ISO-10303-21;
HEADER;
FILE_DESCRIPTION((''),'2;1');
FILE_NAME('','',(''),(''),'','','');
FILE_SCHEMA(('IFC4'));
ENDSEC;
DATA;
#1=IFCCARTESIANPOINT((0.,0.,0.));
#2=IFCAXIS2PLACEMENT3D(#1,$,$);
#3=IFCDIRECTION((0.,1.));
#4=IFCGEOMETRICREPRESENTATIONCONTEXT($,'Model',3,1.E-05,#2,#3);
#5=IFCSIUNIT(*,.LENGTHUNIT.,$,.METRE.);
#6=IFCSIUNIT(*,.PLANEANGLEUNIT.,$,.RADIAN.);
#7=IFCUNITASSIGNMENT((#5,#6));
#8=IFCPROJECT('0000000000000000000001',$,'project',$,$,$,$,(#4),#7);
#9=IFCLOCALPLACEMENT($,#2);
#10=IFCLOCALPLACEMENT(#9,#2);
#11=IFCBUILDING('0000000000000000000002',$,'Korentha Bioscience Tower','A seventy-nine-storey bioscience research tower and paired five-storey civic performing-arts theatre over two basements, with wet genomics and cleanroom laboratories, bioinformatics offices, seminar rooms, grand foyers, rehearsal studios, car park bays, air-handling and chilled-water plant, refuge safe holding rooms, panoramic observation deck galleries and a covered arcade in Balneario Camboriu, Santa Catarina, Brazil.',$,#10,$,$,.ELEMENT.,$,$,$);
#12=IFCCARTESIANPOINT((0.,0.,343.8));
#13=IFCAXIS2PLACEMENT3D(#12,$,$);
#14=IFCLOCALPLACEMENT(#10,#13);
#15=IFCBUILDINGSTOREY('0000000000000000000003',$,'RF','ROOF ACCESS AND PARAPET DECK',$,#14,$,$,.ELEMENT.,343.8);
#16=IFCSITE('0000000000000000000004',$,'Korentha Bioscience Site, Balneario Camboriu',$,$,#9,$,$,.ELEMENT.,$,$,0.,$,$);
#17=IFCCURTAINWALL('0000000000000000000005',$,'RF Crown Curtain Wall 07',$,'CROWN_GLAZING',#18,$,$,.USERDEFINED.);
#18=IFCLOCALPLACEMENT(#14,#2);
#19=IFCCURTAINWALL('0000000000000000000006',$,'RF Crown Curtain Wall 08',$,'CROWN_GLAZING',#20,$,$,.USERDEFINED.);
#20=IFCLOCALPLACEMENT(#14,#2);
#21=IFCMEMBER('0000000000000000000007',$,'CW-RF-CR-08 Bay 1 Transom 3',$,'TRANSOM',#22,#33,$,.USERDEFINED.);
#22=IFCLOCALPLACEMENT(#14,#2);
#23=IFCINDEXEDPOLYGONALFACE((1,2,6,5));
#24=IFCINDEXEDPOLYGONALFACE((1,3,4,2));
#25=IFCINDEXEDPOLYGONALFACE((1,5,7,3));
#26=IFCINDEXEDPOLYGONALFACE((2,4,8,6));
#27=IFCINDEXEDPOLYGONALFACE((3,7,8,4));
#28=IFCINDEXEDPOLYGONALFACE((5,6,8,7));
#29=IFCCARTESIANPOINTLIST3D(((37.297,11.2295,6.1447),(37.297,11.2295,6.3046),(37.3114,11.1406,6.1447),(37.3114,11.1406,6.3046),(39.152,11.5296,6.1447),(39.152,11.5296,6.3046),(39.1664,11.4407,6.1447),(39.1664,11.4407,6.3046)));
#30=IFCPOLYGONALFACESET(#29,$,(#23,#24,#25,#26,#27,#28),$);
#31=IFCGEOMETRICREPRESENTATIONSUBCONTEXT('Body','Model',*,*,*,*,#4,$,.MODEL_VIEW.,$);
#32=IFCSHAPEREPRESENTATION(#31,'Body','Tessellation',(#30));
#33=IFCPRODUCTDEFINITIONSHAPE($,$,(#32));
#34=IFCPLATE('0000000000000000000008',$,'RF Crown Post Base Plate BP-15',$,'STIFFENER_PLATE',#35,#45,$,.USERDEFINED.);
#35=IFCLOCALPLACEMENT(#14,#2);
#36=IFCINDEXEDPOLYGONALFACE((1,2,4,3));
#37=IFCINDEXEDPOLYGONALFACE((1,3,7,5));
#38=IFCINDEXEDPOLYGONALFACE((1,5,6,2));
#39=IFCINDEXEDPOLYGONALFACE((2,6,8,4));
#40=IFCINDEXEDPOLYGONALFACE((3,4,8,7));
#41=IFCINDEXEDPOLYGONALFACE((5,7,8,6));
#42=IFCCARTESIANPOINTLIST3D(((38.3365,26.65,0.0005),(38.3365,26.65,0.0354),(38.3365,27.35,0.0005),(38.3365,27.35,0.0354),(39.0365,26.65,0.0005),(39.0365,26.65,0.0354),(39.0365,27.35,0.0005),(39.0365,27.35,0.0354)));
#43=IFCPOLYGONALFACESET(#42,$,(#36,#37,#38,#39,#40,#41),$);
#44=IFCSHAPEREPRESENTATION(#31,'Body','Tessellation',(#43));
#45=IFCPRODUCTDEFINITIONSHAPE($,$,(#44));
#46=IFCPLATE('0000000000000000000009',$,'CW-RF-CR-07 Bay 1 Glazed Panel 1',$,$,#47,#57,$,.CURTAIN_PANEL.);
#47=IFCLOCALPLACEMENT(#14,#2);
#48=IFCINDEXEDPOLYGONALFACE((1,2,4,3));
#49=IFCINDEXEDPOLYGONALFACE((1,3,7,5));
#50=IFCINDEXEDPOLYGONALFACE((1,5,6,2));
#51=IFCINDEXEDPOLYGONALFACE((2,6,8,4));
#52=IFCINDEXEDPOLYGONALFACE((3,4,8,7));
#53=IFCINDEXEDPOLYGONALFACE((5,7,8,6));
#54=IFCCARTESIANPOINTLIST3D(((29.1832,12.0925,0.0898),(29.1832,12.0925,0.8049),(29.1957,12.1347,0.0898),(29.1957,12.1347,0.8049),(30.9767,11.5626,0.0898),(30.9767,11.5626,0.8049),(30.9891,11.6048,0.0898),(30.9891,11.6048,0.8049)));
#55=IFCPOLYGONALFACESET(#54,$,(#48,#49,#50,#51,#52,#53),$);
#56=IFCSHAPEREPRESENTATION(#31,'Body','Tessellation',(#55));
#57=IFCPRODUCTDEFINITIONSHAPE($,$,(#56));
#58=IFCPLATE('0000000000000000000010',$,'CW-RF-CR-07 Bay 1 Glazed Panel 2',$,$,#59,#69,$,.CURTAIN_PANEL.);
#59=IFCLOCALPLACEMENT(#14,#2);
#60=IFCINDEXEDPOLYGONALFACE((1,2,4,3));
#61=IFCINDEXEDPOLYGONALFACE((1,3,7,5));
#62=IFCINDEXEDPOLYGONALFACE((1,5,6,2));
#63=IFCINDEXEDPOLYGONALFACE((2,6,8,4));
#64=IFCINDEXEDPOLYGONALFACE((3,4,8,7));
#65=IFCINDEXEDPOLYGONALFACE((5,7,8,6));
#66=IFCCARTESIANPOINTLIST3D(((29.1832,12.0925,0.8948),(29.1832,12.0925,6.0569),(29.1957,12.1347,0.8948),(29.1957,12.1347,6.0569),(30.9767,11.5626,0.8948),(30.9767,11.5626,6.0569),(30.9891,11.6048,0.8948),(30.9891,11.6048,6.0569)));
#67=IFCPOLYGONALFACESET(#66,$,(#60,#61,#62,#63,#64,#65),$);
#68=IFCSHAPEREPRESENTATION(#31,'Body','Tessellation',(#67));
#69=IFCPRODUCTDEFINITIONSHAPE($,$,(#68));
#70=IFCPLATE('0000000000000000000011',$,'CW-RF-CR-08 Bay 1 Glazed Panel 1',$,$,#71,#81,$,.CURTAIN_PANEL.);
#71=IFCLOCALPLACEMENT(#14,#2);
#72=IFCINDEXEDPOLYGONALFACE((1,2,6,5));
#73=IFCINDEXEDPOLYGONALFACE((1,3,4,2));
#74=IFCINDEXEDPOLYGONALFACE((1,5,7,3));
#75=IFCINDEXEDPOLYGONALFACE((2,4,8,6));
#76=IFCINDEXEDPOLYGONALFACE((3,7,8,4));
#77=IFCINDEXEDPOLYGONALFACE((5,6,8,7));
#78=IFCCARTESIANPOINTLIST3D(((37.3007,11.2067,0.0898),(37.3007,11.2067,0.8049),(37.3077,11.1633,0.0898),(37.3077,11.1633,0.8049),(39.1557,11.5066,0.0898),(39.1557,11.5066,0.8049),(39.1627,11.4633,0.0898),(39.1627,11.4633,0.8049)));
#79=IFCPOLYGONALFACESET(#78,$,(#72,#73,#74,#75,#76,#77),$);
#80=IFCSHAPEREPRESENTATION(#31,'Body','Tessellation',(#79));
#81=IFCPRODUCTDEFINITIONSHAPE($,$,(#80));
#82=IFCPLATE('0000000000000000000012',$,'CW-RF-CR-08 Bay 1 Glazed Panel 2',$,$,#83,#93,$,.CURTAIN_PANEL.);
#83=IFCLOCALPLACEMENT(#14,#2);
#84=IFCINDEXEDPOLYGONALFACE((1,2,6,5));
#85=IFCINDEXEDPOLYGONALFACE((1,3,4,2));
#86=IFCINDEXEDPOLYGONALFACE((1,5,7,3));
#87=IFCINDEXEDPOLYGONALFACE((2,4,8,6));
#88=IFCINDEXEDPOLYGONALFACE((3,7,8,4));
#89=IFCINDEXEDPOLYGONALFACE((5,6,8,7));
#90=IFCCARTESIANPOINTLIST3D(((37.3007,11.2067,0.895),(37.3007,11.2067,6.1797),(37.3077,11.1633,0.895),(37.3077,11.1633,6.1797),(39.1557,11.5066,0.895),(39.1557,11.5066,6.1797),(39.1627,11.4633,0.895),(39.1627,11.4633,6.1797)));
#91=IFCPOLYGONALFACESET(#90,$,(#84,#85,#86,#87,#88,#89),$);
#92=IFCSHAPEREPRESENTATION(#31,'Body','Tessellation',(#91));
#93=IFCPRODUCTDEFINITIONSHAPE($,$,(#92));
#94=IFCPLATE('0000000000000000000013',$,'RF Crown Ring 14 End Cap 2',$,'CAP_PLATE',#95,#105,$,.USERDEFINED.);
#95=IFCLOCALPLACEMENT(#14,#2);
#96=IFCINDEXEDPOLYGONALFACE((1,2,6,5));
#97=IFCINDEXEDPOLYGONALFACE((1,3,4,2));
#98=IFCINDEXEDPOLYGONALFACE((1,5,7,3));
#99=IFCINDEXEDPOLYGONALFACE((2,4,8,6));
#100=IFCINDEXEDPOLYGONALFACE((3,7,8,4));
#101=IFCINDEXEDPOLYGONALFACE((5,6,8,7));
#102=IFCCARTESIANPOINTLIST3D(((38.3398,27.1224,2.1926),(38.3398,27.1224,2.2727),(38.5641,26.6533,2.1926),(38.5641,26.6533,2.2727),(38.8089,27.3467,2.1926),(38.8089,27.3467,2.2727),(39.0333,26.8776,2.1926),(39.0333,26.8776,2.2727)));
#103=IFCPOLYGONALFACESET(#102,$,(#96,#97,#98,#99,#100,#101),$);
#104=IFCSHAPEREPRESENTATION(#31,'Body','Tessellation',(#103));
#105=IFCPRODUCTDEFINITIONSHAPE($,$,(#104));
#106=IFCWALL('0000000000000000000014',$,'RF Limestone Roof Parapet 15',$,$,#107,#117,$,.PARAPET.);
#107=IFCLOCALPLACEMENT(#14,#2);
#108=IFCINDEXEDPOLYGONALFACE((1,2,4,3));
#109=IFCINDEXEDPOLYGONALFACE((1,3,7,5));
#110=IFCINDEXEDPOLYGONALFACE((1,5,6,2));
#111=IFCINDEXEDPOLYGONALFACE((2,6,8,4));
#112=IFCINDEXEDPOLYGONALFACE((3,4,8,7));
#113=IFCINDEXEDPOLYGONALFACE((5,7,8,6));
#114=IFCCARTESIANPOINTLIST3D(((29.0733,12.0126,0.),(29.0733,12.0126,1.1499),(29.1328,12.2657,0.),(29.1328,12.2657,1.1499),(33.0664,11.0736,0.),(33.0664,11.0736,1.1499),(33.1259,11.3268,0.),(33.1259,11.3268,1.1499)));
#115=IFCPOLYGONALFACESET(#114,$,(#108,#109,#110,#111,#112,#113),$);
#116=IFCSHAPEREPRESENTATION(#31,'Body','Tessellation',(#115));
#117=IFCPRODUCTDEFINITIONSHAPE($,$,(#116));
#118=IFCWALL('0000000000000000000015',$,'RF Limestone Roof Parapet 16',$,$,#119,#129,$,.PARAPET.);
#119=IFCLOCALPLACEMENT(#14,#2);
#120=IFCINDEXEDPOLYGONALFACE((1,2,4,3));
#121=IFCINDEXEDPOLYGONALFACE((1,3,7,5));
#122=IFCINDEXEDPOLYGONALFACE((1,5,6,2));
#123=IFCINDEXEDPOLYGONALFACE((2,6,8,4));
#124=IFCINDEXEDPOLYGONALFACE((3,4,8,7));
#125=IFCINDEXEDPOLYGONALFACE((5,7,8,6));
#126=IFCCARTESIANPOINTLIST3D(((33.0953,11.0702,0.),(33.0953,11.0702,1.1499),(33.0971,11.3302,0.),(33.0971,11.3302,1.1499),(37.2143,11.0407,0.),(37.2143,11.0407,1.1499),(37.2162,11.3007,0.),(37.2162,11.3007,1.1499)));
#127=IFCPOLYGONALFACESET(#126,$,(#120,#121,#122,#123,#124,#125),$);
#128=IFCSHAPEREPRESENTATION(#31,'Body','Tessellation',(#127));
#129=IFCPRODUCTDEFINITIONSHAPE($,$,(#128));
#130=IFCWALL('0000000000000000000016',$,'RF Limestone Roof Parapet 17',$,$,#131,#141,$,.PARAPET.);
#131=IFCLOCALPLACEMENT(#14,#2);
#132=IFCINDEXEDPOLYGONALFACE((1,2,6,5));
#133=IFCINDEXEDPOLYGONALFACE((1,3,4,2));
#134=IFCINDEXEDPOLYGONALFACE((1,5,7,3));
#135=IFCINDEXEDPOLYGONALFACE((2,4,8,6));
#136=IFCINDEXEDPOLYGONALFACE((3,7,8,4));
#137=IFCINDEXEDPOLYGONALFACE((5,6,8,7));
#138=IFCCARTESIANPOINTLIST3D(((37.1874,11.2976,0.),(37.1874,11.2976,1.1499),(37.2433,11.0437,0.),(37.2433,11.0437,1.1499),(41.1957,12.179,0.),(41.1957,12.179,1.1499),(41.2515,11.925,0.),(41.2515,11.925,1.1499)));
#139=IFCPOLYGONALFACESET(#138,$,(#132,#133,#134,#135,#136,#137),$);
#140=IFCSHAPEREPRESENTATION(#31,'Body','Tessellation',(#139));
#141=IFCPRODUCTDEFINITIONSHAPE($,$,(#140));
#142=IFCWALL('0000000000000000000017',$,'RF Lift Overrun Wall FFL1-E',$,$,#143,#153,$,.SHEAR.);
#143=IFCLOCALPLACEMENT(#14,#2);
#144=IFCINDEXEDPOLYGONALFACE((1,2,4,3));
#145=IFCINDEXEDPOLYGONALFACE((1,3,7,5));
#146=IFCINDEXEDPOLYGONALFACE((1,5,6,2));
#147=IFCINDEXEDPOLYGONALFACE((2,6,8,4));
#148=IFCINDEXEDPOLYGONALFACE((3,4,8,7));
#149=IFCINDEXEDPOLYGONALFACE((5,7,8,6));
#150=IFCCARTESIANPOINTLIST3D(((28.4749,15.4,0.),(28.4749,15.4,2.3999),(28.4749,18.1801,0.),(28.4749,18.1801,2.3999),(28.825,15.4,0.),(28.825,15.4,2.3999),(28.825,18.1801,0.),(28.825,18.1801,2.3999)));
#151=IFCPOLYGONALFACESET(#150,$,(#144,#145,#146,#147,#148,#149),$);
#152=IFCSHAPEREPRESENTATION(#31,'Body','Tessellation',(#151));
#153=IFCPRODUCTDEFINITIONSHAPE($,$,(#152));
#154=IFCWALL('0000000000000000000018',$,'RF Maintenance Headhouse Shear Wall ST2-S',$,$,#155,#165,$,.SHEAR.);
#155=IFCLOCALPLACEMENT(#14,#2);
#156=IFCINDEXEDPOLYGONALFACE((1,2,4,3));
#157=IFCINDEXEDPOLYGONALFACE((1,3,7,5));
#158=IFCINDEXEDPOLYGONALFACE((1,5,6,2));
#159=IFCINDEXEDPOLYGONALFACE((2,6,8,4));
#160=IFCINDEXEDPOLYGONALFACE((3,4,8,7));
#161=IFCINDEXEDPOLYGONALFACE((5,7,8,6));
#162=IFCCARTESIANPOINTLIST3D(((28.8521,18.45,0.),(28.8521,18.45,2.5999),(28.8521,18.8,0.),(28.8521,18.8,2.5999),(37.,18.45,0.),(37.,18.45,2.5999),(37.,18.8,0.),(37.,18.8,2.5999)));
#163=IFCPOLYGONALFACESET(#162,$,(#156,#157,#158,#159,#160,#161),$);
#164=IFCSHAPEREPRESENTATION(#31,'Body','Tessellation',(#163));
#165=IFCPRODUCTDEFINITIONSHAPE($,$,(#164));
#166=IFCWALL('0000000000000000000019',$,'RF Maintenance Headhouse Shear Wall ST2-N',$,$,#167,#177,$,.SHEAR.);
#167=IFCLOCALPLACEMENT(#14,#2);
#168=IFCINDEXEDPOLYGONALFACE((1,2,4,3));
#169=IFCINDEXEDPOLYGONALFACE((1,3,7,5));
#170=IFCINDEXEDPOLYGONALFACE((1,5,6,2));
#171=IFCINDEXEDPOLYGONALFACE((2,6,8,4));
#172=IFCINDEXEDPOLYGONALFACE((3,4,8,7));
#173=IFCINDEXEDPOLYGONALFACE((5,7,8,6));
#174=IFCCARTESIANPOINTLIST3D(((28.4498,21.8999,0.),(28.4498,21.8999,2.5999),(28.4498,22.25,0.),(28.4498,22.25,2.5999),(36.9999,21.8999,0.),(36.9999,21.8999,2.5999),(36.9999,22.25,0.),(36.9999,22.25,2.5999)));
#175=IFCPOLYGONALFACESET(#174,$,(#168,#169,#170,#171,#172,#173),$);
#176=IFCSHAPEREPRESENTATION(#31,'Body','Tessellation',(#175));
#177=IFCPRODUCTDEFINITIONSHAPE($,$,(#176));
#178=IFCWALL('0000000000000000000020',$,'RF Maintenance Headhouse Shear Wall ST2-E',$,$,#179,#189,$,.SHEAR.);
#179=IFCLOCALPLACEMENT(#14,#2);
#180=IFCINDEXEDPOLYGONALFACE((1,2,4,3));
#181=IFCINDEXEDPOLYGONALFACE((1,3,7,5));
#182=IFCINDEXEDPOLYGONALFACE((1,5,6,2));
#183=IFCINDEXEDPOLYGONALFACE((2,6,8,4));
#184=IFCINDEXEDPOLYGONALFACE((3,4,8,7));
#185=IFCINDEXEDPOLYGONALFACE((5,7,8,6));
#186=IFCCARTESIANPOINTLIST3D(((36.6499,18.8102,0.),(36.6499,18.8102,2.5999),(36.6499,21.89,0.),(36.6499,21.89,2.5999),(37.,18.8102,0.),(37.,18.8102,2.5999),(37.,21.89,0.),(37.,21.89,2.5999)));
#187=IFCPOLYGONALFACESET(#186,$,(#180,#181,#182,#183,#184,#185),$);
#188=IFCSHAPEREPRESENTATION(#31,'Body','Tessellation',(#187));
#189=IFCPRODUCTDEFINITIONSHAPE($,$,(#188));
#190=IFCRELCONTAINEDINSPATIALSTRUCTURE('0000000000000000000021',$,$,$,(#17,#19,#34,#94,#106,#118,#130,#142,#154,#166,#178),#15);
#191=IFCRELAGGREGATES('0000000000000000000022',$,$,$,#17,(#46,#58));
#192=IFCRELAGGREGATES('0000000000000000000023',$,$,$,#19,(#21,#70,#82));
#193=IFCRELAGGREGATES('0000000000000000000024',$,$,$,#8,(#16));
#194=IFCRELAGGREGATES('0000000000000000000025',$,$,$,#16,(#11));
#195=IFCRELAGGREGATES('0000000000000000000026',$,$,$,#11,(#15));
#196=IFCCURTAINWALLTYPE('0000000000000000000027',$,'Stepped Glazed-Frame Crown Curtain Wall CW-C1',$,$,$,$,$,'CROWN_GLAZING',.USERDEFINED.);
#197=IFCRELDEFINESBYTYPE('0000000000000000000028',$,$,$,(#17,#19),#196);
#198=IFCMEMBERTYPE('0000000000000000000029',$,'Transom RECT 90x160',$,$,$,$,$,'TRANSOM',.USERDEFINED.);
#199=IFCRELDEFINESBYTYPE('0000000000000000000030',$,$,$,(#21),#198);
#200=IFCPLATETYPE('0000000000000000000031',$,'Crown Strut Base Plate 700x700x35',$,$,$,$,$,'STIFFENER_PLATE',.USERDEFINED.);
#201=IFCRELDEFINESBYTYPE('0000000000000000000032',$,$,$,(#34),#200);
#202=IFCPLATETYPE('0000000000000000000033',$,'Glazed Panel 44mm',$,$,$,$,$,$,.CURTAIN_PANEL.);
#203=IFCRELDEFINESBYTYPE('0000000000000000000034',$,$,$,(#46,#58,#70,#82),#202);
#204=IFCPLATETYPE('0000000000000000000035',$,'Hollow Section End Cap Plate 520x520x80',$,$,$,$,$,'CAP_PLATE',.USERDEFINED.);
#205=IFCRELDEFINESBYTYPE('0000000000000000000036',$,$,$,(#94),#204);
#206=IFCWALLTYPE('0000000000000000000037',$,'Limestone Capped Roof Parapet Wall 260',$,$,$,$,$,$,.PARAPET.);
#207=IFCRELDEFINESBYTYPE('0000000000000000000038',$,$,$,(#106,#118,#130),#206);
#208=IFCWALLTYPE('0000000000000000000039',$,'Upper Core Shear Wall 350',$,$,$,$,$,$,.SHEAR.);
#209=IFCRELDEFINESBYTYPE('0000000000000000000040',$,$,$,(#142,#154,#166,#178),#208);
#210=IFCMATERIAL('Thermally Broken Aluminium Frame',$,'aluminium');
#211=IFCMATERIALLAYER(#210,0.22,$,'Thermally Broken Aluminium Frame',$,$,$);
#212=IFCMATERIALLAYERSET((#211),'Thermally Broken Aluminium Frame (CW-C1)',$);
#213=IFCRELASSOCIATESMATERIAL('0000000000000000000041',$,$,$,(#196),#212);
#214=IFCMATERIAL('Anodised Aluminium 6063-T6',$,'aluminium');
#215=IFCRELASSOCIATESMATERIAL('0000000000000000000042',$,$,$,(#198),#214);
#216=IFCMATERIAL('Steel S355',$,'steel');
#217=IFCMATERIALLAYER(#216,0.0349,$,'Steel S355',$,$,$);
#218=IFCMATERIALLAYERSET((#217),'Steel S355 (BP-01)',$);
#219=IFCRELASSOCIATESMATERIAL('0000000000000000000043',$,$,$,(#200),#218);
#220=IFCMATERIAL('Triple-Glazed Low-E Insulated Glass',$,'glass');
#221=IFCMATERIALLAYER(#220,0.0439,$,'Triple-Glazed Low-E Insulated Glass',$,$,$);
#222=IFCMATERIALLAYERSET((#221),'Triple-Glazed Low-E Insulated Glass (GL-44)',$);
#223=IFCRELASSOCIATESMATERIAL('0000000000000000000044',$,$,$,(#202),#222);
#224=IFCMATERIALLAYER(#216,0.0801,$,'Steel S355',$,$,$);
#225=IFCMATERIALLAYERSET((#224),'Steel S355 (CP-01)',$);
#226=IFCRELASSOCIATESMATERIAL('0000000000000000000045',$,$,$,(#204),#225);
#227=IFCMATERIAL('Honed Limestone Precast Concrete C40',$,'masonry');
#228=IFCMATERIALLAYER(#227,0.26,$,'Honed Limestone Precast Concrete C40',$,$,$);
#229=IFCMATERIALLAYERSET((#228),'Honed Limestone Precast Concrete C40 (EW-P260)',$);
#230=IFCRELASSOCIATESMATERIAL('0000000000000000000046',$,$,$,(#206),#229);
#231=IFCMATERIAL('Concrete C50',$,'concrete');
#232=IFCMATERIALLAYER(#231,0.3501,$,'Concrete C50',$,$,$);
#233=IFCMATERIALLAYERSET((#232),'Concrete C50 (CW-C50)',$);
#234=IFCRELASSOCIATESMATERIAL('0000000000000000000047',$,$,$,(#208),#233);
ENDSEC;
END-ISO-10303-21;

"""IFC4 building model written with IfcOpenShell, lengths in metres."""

from ifc_helpers import new_model, si_unit, direction, frame, frame_2d, origin, origin_2d, place, context, subcontext, project, spatial, rectangle, extrude, material, layer, layer_set, material_profile, profile_set, type_object, element, aggregate, save


model = new_model("IFC4")

# Units and contexts
model_context = context("Model", 3, precision=1e-05, world=origin(), true_north=direction((0.0, 1.0)))
body_context = subcontext(model_context, "Body", "Model", "MODEL_VIEW")
ifc_project = project(units=[si_unit("LENGTHUNIT", "METRE"), si_unit("PLANEANGLEUNIT", "RADIAN")], contexts=[model_context])

# Site, building, storey
site_placement = place(None, origin())
site = spatial("IfcSite", under=ifc_project, at=site_placement, Name="Korentha Bioscience Site, Balneario Camboriu", CompositionType="ELEMENT", RefElevation=0.0)
building_placement = place(site_placement, origin())
building = spatial("IfcBuilding", under=site, at=building_placement, Name="Korentha Bioscience Tower", Description="A seventy-nine-storey bioscience research tower and paired five-storey civic performing-arts theatre over two basements, with wet genomics and cleanroom laboratories, bioinformatics offices, seminar rooms, grand foyers, rehearsal studios, car park bays, air-handling and chilled-water plant, refuge safe holding rooms, panoramic observation deck galleries and a covered arcade in Balneario Camboriu, Santa Catarina, Brazil.", CompositionType="ELEMENT")
storey_placement = place(building_placement, frame((0.0, 0.0, 343.8)))
storey = spatial("IfcBuildingStorey", under=building, at=storey_placement, Name="RF", Description="ROOF ACCESS AND PARAPET DECK", CompositionType="ELEMENT", Elevation=343.8)

# Shared definitions
ifc_material_1 = material(Name="Steel S355", Category="steel")

# Curtain wall
ifc_material_2 = material(Name="Thermally Broken Aluminium Frame", Category="aluminium")
ifc_layer_1 = layer(ifc_material_2, 0.22, Name="Thermally Broken Aluminium Frame")
ifc_layer_set_1 = layer_set([ifc_layer_1], Name="Thermally Broken Aluminium Frame (CW-C1)")
curtain_wall_type = type_object("IfcCurtainWallType", Name="Stepped Glazed-Frame Crown Curtain Wall CW-C1", ElementType="CROWN_GLAZING", PredefinedType="USERDEFINED", material=ifc_layer_set_1)
curtain_wall_1_placement = place(storey_placement, origin())
curtain_wall_1 = element("IfcCurtainWall", 1, at=curtain_wall_1_placement, inside=storey, type_object=curtain_wall_type, Name="RF Crown Curtain Wall 07", ObjectType="CROWN_GLAZING", PredefinedType="USERDEFINED")
ifc_material_3 = material(Name="Anodised Aluminium 6063-T6", Category="aluminium")

# Curtain wall
curtain_wall_2_placement = place(storey_placement, origin())
curtain_wall_2 = element("IfcCurtainWall", 2, at=curtain_wall_2_placement, inside=storey, type_object=curtain_wall_type, Name="RF Crown Curtain Wall 08", ObjectType="CROWN_GLAZING", PredefinedType="USERDEFINED")

# Member
ifc_material_profile_1 = material_profile(ifc_material_3, rectangle(XDim=0.0901, YDim=0.1599, at=origin_2d()), Name="Anodised Aluminium 6063-T6")
ifc_profile_set_1 = profile_set([ifc_material_profile_1], Name="Anodised Aluminium 6063-T6 (CW-TRN)")
member_type_1 = type_object("IfcMemberType", Name="Transom RECT 90x160", ElementType="TRANSOM", PredefinedType="USERDEFINED", material=ifc_profile_set_1)
member_1_placement = place(storey_placement, frame((37.3042, 11.1851, 6.2246), z_axis=(0.987169, 0.159678, 0.0), x_axis=(-0.159678, 0.987169, 0.0)))
member_1 = element("IfcMember", 3, at=member_1_placement, type_object=member_type_1, Name="CW-RF-CR-08 Bay 1 Transom 3", ObjectType="TRANSOM", PredefinedType="USERDEFINED", context=body_context, shape_type="SweptSolid", body=[
    extrude(rectangle(XDim=0.0901, YDim=0.1599, at=origin_2d()), origin(), (0.0, 0.0, 1.0), 1.8792),
])

# Plates
ifc_layer_2 = layer(ifc_material_1, 0.0349, Name="Steel S355")
ifc_layer_set_2 = layer_set([ifc_layer_2], Name="Steel S355 (BP-01)")
plate_type_1 = type_object("IfcPlateType", Name="Crown Strut Base Plate 700x700x35", ElementType="STIFFENER_PLATE", PredefinedType="USERDEFINED", material=ifc_layer_set_2)
plate_1_placement = place(storey_placement, frame((38.6865, 27.0, 0.0005), z_axis=(0.0, 0.0, 1.0), x_axis=(0.0, 1.0, 0.0)))
element("IfcPlate", 4, at=plate_1_placement, inside=storey, type_object=plate_type_1, Name="RF Crown Post Base Plate BP-15", ObjectType="STIFFENER_PLATE", PredefinedType="USERDEFINED", context=body_context, shape_type="SweptSolid", body=[
    extrude(rectangle(XDim=0.7, YDim=0.7, at=origin_2d()), origin(), (0.0, 0.0, 1.0), 0.0349),
])
ifc_material_4 = material(Name="Triple-Glazed Low-E Insulated Glass", Category="glass")
ifc_layer_3 = layer(ifc_material_4, 0.0439, Name="Triple-Glazed Low-E Insulated Glass")
ifc_layer_set_3 = layer_set([ifc_layer_3], Name="Triple-Glazed Low-E Insulated Glass (GL-44)")
plate_type_2 = type_object("IfcPlateType", Name="Glazed Panel 44mm", PredefinedType="CURTAIN_PANEL", material=ifc_layer_set_3)
plate_2_placement = place(storey_placement, frame((30.0862, 11.8486, 0.0898), z_axis=(0.0, 0.0, 1.0), x_axis=(0.959017, -0.283349, 0.0)))
plate_2 = element("IfcPlate", 5, at=plate_2_placement, type_object=plate_type_2, Name="CW-RF-CR-07 Bay 1 Glazed Panel 1", PredefinedType="CURTAIN_PANEL", context=body_context, shape_type="SweptSolid", body=[
    extrude(rectangle(XDim=1.8701, YDim=0.0439, at=origin_2d()), origin(), (0.0, 0.0, 1.0), 0.7151),
])
plate_3_placement = place(storey_placement, frame((30.0862, 11.8486, 0.8948), z_axis=(0.0, 0.0, 1.0), x_axis=(0.959017, -0.283349, 0.0)))
plate_3 = element("IfcPlate", 6, at=plate_3_placement, type_object=plate_type_2, Name="CW-RF-CR-07 Bay 1 Glazed Panel 2", PredefinedType="CURTAIN_PANEL", context=body_context, shape_type="SweptSolid", body=[
    extrude(rectangle(XDim=1.8701, YDim=0.0439, at=origin_2d()), origin(), (0.0, 0.0, 1.0), 5.1621),
])
aggregate(curtain_wall_1, [plate_2, plate_3])
plate_4_placement = place(storey_placement, frame((38.2317, 11.335, 0.0898), z_axis=(0.0, 0.0, 1.0), x_axis=(0.987177, 0.159632, 0.0)))
plate_4 = element("IfcPlate", 7, at=plate_4_placement, type_object=plate_type_2, Name="CW-RF-CR-08 Bay 1 Glazed Panel 1", PredefinedType="CURTAIN_PANEL", context=body_context, shape_type="SweptSolid", body=[
    extrude(rectangle(XDim=1.8792, YDim=0.0439, at=origin_2d()), origin(), (0.0, 0.0, 1.0), 0.7151),
])
plate_5_placement = place(storey_placement, frame((38.2317, 11.335, 0.895), z_axis=(0.0, 0.0, 1.0), x_axis=(0.987177, 0.159632, 0.0)))
plate_5 = element("IfcPlate", 8, at=plate_5_placement, type_object=plate_type_2, Name="CW-RF-CR-08 Bay 1 Glazed Panel 2", PredefinedType="CURTAIN_PANEL", context=body_context, shape_type="SweptSolid", body=[
    extrude(rectangle(XDim=1.8792, YDim=0.0439, at=origin_2d()), origin(), (0.0, 0.0, 1.0), 5.2847),
])
aggregate(curtain_wall_2, [member_1, plate_4, plate_5])
ifc_layer_4 = layer(ifc_material_1, 0.0801, Name="Steel S355")
ifc_layer_set_4 = layer_set([ifc_layer_4], Name="Steel S355 (CP-01)")
plate_type_3 = type_object("IfcPlateType", Name="Hollow Section End Cap Plate 520x520x80", ElementType="CAP_PLATE", PredefinedType="USERDEFINED", material=ifc_layer_set_4)
plate_6_placement = place(storey_placement, frame((38.6865, 27.0, 2.1926), z_axis=(0.0, 0.0, 1.0), x_axis=(-0.431456, 0.902134, 0.0)))
element("IfcPlate", 9, at=plate_6_placement, inside=storey, type_object=plate_type_3, Name="RF Crown Ring 14 End Cap 2", ObjectType="CAP_PLATE", PredefinedType="USERDEFINED", context=body_context, shape_type="SweptSolid", body=[
    extrude(rectangle(XDim=0.52, YDim=0.52, at=origin_2d()), origin(), (0.0, 0.0, 1.0), 0.0801),
])

# Walls
ifc_material_5 = material(Name="Honed Limestone Precast Concrete C40", Category="masonry")
ifc_layer_5 = layer(ifc_material_5, 0.26, Name="Honed Limestone Precast Concrete C40")
ifc_layer_set_5 = layer_set([ifc_layer_5], Name="Honed Limestone Precast Concrete C40 (EW-P260)")
wall_type_1 = type_object("IfcWallType", Name="Limestone Capped Roof Parapet Wall 260", PredefinedType="PARAPET", material=ifc_layer_set_5)
wall_1_placement = place(storey_placement, frame((29.103, 12.1392, 0.0), z_axis=(0.0, 0.0, 1.0), x_axis=(0.97345, -0.2289, 0.0)))
element("IfcWall", 10, at=wall_1_placement, inside=storey, type_object=wall_type_1, Name="RF Limestone Roof Parapet 15", PredefinedType="PARAPET", context=body_context, shape_type="SweptSolid", body=[
    extrude(rectangle(XDim=4.1021, YDim=0.26, at=frame_2d((2.051, 0.0))), origin(), (0.0, 0.0, 1.0), 1.1499),
])
wall_2_placement = place(storey_placement, frame((33.0962, 11.2002, 0.0), z_axis=(0.0, 0.0, 1.0), x_axis=(0.999974, -0.007171, 0.0)))
element("IfcWall", 11, at=wall_2_placement, inside=storey, type_object=wall_type_1, Name="RF Limestone Roof Parapet 16", PredefinedType="PARAPET", context=body_context, shape_type="SweptSolid", body=[
    extrude(rectangle(XDim=4.1191, YDim=0.26, at=frame_2d((2.0596, 0.0))), origin(), (0.0, 0.0, 1.0), 1.1499),
])
wall_3_placement = place(storey_placement, frame((37.2153, 11.1707, 0.0), z_axis=(0.0, 0.0, 1.0), x_axis=(0.976669, 0.214751, 0.0)))
element("IfcWall", 12, at=wall_3_placement, inside=storey, type_object=wall_type_1, Name="RF Limestone Roof Parapet 17", PredefinedType="PARAPET", context=body_context, shape_type="SweptSolid", body=[
    extrude(rectangle(XDim=4.104, YDim=0.26, at=frame_2d((2.052, 0.0))), origin(), (0.0, 0.0, 1.0), 1.1499),
])
ifc_material_6 = material(Name="Concrete C50", Category="concrete")
ifc_layer_6 = layer(ifc_material_6, 0.3501, Name="Concrete C50")
ifc_layer_set_6 = layer_set([ifc_layer_6], Name="Concrete C50 (CW-C50)")
wall_type_2 = type_object("IfcWallType", Name="Upper Core Shear Wall 350", PredefinedType="SHEAR", material=ifc_layer_set_6)
wall_4_placement = place(storey_placement, frame((28.6499, 15.3999, 0.0), z_axis=(0.0, 0.0, 1.0), x_axis=(0.0, 1.0, 0.0)))
element("IfcWall", 13, at=wall_4_placement, inside=storey, type_object=wall_type_2, Name="RF Lift Overrun Wall FFL1-E", PredefinedType="SHEAR", context=body_context, shape_type="SweptSolid", body=[
    extrude(rectangle(XDim=2.78, YDim=0.3501, at=frame_2d((1.3901, 0.0))), origin(), (0.0, 0.0, 1.0), 2.3999),
])
wall_5_placement = place(storey_placement, frame((28.8521, 18.625, 0.0), z_axis=(0.0, 0.0, 1.0), x_axis=(1.0, 0.0, 0.0)))
element("IfcWall", 14, at=wall_5_placement, inside=storey, type_object=wall_type_2, Name="RF Maintenance Headhouse Shear Wall ST2-S", PredefinedType="SHEAR", context=body_context, shape_type="SweptSolid", body=[
    extrude(rectangle(XDim=8.1479, YDim=0.3501, at=frame_2d((4.074, 0.0))), origin(), (0.0, 0.0, 1.0), 2.5999),
])
wall_6_placement = place(storey_placement, frame((28.45, 22.075, 0.0), z_axis=(0.0, 0.0, 1.0), x_axis=(1.0, 0.0, 0.0)))
element("IfcWall", 15, at=wall_6_placement, inside=storey, type_object=wall_type_2, Name="RF Maintenance Headhouse Shear Wall ST2-N", PredefinedType="SHEAR", context=body_context, shape_type="SweptSolid", body=[
    extrude(rectangle(XDim=8.55, YDim=0.3501, at=frame_2d((4.2749, 0.0))), origin(), (0.0, 0.0, 1.0), 2.5999),
])
wall_7_placement = place(storey_placement, frame((36.825, 18.8101, 0.0), z_axis=(0.0, 0.0, 1.0), x_axis=(0.0, 1.0, 0.0)))
element("IfcWall", 16, at=wall_7_placement, inside=storey, type_object=wall_type_2, Name="RF Maintenance Headhouse Shear Wall ST2-E", PredefinedType="SHEAR", context=body_context, shape_type="SweptSolid", body=[
    extrude(rectangle(XDim=3.0798, YDim=0.3501, at=frame_2d((1.54, 0.0))), origin(), (0.0, 0.0, 1.0), 2.5999),
])

save(model, "model.ifc")
